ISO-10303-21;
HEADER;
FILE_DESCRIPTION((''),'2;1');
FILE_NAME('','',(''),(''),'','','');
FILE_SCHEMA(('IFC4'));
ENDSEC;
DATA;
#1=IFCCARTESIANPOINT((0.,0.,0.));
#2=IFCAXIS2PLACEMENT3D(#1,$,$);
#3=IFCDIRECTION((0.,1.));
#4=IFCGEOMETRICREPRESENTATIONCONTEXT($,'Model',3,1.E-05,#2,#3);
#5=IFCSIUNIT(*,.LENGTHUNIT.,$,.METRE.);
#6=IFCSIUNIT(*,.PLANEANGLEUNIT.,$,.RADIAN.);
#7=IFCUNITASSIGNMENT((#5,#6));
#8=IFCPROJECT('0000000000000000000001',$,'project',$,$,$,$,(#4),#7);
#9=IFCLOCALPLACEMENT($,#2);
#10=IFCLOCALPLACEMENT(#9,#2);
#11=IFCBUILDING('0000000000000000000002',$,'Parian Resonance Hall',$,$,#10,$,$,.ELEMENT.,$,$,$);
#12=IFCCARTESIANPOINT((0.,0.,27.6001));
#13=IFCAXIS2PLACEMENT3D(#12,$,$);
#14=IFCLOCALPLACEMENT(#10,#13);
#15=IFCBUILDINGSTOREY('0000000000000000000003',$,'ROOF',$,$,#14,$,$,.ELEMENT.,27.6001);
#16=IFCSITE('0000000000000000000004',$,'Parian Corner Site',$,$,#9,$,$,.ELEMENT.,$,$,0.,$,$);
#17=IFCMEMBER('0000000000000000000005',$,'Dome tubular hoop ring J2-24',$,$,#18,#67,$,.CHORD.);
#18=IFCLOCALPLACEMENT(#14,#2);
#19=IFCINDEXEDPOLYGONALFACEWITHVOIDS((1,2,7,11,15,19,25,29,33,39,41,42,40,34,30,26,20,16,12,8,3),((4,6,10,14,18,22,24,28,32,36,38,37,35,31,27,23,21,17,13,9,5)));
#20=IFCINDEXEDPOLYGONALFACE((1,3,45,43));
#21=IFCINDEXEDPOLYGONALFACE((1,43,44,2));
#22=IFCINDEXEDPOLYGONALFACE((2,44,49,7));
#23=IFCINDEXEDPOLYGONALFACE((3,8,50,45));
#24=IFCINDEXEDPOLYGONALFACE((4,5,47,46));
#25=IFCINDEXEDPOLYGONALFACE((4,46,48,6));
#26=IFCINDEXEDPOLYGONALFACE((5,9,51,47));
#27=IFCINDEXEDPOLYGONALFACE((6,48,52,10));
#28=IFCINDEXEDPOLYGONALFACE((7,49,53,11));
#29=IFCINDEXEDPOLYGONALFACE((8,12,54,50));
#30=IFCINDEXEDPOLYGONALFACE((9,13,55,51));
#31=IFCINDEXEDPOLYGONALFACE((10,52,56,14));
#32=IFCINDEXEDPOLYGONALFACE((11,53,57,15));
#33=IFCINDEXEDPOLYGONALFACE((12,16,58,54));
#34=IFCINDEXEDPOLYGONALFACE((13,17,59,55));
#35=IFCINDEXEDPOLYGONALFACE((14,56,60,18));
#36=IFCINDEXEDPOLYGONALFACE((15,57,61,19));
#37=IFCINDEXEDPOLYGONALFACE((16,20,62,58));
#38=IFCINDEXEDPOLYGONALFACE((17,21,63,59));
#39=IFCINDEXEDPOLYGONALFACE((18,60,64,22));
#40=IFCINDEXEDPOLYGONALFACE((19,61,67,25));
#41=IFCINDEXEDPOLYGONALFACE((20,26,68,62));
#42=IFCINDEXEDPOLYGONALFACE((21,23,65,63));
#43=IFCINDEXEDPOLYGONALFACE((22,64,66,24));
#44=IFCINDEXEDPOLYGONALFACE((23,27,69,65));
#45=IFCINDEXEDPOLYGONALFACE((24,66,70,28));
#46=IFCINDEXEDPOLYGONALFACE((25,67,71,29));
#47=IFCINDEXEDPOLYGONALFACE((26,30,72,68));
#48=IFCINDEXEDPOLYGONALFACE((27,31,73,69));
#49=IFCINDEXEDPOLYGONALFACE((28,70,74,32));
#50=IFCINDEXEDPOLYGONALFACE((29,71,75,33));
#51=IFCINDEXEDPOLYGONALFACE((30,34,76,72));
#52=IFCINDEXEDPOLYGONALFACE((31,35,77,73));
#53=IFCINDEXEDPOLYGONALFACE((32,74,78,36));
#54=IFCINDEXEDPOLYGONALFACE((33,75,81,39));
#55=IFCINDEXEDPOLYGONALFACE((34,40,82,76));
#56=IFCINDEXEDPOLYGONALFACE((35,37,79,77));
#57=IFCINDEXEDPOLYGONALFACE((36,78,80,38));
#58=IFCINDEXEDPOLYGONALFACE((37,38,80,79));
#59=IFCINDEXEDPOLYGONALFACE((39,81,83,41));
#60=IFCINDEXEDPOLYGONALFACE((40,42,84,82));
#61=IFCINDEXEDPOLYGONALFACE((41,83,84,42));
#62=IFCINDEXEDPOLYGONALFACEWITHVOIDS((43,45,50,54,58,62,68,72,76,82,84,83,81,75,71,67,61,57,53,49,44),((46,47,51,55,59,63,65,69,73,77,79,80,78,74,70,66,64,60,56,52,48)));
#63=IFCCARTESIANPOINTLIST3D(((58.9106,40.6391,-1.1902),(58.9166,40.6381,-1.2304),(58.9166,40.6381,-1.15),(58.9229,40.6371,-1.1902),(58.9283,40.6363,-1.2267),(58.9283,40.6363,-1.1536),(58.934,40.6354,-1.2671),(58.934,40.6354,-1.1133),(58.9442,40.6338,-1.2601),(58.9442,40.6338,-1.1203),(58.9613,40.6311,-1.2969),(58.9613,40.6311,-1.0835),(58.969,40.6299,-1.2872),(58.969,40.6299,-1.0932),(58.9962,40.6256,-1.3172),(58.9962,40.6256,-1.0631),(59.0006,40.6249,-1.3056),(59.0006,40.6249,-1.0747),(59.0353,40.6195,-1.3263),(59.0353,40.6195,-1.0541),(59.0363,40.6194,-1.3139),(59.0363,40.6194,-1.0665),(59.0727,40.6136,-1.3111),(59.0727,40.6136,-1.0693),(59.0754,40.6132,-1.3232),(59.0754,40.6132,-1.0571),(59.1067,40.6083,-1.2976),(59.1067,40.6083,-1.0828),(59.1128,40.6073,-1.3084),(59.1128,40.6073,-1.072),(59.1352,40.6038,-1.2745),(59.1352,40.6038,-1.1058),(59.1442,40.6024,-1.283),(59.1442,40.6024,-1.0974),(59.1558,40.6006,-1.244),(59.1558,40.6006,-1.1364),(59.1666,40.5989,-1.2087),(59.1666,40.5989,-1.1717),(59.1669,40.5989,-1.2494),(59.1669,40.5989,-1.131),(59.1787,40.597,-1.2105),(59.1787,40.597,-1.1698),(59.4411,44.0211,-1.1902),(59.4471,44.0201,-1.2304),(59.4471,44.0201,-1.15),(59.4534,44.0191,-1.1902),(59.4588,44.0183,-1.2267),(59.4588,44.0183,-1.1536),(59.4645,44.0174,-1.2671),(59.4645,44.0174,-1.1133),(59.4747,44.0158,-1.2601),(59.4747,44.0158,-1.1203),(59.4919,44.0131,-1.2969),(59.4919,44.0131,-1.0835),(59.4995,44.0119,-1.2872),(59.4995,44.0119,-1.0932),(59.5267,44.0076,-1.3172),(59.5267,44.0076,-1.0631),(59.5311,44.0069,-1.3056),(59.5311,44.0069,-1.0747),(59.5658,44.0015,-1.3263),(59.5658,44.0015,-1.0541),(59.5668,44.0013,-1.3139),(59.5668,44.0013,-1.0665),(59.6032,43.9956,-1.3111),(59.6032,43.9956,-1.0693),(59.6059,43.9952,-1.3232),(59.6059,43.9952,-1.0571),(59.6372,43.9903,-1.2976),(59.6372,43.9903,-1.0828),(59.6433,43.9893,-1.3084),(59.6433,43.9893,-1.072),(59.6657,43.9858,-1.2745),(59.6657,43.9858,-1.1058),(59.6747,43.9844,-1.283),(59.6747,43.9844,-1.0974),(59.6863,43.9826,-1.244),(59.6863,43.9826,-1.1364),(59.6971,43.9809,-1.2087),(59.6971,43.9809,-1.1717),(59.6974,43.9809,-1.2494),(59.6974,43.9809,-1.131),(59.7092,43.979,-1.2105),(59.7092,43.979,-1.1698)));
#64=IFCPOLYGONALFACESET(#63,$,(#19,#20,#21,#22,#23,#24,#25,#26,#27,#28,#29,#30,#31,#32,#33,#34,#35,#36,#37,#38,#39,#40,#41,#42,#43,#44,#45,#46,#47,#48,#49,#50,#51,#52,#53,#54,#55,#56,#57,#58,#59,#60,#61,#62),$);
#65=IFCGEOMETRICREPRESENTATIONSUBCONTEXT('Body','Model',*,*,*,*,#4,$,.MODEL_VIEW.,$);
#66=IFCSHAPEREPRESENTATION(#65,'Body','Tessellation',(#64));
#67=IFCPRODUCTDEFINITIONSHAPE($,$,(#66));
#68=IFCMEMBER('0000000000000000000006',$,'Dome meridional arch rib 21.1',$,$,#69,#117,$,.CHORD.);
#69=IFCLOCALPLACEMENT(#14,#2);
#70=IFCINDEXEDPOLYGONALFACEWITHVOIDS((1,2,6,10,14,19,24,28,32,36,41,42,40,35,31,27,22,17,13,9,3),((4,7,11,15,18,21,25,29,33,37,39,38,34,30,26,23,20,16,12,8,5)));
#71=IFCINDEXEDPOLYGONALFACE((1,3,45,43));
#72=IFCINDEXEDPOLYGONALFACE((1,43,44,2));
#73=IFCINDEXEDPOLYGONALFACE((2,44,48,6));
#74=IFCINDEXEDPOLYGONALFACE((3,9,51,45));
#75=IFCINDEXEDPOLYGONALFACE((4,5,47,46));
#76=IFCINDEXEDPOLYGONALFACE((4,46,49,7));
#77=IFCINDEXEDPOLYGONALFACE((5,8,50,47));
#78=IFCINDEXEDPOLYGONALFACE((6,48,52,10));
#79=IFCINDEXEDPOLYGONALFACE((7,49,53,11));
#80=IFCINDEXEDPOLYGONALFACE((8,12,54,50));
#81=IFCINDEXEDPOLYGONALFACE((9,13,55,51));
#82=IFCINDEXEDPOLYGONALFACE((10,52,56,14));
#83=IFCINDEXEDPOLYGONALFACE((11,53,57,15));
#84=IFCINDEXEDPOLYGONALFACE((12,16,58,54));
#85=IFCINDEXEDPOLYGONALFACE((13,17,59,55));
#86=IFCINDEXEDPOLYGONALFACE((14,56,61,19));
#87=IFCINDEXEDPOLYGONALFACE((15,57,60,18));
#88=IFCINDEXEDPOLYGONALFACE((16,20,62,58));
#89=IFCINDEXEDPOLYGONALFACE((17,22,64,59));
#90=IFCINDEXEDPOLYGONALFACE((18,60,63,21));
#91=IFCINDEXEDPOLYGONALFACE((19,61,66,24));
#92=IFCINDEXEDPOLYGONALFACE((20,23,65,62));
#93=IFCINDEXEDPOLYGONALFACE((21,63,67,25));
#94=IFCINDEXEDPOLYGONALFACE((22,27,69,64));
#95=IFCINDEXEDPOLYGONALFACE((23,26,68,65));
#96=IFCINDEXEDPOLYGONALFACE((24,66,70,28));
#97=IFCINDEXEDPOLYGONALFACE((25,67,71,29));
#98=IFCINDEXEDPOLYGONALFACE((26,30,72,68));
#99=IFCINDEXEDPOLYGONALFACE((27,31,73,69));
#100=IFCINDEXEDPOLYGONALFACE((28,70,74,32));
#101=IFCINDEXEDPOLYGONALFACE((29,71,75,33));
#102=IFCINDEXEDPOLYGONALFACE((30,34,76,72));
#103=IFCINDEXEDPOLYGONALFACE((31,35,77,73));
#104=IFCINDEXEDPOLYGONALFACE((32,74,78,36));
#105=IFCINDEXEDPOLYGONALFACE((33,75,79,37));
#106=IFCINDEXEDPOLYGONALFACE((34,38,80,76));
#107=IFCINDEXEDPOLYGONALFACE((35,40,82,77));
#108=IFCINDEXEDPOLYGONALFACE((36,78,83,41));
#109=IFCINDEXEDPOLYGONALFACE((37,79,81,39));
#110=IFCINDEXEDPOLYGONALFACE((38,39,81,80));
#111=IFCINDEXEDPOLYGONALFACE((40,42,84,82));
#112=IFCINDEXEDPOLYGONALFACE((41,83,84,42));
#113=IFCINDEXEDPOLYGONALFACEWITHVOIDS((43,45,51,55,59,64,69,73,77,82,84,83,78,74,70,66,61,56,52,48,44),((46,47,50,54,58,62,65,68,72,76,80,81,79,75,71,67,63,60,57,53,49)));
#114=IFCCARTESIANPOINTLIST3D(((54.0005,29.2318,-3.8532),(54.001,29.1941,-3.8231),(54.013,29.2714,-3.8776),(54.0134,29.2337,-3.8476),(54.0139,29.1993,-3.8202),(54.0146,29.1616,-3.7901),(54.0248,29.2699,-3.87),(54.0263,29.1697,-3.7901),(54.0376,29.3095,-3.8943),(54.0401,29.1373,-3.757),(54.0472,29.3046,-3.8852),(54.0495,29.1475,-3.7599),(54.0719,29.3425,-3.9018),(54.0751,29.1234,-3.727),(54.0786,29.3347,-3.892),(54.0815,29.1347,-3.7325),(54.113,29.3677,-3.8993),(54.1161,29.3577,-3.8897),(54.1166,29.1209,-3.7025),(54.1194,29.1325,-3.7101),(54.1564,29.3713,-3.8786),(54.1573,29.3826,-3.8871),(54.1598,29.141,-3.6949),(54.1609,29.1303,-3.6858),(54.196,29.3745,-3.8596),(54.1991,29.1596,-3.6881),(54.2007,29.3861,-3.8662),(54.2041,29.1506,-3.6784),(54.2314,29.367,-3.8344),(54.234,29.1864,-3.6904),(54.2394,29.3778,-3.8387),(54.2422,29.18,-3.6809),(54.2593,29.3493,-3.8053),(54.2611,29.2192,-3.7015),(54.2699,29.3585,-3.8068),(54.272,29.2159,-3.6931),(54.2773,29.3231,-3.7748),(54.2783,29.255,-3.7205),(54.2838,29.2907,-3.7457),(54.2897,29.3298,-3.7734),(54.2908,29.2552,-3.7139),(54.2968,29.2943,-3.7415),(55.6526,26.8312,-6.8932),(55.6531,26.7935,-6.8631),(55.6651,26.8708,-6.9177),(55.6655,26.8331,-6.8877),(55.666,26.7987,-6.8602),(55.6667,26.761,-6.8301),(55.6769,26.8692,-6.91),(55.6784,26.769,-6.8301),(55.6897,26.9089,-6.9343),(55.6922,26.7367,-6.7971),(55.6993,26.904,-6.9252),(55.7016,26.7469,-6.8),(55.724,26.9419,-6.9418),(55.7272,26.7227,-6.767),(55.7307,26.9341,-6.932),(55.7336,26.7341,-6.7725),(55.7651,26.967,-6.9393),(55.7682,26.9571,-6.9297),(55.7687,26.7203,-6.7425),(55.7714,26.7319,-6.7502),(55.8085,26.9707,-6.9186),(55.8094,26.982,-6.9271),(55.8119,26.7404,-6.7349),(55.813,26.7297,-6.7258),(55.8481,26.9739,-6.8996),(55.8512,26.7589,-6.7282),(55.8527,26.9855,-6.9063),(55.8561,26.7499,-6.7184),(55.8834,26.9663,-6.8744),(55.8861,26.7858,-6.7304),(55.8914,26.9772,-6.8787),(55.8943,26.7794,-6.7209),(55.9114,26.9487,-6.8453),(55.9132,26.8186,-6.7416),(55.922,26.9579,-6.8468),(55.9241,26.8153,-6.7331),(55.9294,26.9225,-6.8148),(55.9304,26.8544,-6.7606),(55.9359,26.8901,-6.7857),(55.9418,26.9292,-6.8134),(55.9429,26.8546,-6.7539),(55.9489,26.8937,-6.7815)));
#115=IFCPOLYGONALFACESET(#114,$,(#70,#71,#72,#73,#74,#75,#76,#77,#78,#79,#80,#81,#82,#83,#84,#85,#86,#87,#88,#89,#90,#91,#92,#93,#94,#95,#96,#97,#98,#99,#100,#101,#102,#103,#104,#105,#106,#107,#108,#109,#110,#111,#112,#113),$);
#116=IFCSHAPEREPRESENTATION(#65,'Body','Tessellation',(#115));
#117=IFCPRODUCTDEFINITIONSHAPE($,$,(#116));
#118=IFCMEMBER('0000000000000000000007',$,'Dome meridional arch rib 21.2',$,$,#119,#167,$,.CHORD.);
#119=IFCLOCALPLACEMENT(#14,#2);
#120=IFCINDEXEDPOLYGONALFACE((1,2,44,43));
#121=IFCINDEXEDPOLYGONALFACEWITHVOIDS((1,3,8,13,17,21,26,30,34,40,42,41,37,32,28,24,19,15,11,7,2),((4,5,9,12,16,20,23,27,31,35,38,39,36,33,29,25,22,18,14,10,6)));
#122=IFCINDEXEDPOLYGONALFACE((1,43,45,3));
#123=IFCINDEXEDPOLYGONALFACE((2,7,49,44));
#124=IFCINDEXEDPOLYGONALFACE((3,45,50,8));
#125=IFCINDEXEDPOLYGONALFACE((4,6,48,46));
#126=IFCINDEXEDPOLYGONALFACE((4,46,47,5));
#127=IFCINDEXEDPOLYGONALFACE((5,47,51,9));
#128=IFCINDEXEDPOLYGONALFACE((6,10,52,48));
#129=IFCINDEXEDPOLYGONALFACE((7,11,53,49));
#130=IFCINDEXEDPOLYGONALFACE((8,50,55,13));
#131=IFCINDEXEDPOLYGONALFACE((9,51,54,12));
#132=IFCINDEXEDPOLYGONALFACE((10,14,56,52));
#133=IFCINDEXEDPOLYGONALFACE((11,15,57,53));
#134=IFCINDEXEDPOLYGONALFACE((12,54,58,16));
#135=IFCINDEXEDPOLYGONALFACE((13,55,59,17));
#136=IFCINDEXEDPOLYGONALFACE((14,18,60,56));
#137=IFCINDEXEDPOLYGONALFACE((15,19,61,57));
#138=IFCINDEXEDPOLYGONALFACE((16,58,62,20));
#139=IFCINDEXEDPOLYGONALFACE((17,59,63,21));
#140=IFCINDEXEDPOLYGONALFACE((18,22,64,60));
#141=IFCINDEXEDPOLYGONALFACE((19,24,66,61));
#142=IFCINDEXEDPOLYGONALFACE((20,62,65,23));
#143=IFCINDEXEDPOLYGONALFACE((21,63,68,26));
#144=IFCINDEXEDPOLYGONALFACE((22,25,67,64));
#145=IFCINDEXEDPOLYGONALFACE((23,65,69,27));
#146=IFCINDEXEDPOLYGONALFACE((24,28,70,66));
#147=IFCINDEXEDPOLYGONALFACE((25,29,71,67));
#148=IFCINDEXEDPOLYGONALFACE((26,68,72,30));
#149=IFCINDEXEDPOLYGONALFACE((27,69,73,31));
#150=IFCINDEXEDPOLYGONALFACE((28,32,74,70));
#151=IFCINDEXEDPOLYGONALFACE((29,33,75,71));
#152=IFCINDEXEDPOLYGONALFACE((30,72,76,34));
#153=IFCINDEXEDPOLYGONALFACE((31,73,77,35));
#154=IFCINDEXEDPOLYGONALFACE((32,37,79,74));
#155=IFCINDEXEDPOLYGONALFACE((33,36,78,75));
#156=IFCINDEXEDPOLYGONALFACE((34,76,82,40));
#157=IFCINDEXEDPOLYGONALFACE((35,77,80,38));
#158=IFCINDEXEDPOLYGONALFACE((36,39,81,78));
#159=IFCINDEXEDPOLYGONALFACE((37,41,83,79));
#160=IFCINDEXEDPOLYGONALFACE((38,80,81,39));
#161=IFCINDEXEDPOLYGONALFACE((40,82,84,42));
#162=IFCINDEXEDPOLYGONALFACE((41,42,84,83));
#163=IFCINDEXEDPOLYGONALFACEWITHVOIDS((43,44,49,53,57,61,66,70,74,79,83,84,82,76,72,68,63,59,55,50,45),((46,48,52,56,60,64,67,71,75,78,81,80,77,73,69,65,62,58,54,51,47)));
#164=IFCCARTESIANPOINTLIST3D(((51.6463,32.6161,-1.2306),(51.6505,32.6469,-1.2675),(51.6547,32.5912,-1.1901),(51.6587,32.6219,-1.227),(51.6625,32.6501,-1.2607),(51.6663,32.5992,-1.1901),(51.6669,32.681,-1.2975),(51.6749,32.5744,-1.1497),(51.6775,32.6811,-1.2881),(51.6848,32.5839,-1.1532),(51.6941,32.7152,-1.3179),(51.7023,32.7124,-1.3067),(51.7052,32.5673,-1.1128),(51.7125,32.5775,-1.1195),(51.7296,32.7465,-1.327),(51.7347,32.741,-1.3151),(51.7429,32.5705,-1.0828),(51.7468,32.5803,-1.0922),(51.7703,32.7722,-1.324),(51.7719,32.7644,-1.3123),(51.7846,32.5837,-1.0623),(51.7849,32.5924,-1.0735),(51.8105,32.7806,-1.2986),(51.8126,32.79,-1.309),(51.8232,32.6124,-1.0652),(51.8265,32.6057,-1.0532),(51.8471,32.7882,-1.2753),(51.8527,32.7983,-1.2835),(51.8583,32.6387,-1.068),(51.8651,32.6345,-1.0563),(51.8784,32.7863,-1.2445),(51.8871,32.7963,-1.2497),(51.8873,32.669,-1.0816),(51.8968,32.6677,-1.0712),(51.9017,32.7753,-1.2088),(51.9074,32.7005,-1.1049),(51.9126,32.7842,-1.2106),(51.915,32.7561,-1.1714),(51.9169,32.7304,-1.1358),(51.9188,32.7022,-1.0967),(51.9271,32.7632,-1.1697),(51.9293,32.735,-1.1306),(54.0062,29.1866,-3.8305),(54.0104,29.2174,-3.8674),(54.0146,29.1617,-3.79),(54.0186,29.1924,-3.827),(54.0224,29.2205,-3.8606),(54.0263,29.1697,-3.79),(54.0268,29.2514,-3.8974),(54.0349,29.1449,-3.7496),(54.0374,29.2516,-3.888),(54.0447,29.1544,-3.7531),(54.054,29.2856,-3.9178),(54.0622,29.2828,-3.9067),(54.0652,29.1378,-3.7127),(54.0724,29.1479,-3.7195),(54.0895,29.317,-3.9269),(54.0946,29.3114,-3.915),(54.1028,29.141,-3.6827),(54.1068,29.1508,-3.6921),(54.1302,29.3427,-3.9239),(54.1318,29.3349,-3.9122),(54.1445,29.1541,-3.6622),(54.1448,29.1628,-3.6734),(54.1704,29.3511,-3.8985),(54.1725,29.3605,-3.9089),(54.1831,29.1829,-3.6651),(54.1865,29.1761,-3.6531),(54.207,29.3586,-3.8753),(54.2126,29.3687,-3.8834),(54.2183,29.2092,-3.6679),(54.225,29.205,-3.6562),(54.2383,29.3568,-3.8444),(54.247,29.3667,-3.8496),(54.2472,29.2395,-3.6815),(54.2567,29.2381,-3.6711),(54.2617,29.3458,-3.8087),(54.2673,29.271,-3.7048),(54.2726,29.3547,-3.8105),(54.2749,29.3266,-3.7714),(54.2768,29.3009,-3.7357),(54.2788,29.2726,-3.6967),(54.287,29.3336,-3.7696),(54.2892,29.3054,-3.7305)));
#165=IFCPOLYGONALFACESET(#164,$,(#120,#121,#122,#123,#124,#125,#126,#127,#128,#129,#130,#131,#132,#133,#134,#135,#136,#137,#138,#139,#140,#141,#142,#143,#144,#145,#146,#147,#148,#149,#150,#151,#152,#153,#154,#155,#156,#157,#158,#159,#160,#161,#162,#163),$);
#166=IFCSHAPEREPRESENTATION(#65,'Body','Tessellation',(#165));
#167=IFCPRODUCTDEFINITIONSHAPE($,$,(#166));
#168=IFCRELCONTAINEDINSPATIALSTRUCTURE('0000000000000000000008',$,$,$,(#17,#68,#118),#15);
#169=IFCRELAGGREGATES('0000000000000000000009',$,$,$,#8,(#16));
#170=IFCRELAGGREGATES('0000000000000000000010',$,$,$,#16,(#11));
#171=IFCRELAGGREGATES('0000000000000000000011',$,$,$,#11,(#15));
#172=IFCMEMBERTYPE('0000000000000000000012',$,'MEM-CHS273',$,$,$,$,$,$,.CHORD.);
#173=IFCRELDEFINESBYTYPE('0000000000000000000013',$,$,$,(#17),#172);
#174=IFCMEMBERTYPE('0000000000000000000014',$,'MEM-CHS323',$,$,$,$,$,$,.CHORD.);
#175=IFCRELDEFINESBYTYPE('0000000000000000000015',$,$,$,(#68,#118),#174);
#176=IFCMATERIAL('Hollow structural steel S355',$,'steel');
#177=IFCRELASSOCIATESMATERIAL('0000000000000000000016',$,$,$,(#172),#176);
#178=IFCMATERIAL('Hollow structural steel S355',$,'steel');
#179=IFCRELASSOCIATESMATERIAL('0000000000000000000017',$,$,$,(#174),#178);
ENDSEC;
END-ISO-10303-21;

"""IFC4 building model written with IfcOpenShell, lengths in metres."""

from ifc_helpers import new_model, si_unit, direction, frame, origin, origin_2d, place, context, subcontext, project, spatial, hollow_circle, extrude, material, material_profile, profile_set, type_object, element, save


model = new_model("IFC4")

# Units and contexts
model_context = context("Model", 3, precision=1e-05, world=origin(), true_north=direction((0.0, 1.0)))
body_context = subcontext(model_context, "Body", "Model", "MODEL_VIEW")
ifc_project = project(units=[si_unit("LENGTHUNIT", "METRE"), si_unit("PLANEANGLEUNIT", "RADIAN")], contexts=[model_context])

# Site, building, storey
site_placement = place(None, origin())
site = spatial("IfcSite", under=ifc_project, at=site_placement, Name="Parian Corner Site", CompositionType="ELEMENT", RefElevation=0.0)
building_placement = place(site_placement, origin())
building = spatial("IfcBuilding", under=site, at=building_placement, Name="Parian Resonance Hall", CompositionType="ELEMENT")
storey_placement = place(building_placement, frame((0.0, 0.0, 27.6001)))
storey = spatial("IfcBuildingStorey", under=building, at=storey_placement, Name="ROOF", CompositionType="ELEMENT", Elevation=27.6001)

# Members
ifc_material_1 = material(Name="Hollow structural steel S355", Category="steel")
ifc_material_profile_1 = material_profile(ifc_material_1, hollow_circle(Radius=0.1365, WallThickness=0.0125, at=origin_2d()), Name="CHS273x12.5")
ifc_profile_set_1 = profile_set([ifc_material_profile_1], Name="Hollow structural steel S355")
member_type_1 = type_object("IfcMemberType", Name="MEM-CHS273", PredefinedType="CHORD", material=ifc_profile_set_1)
member_1_placement = place(storey_placement, frame((59.0454, 40.6179, -1.1902), z_axis=(0.154966, 0.98792, 0.0), x_axis=(-0.98792, 0.154966, 0.0)))
element("IfcMember", 1, at=member_1_placement, inside=storey, type_object=member_type_1, Name="Dome tubular hoop ring J2-24", PredefinedType="CHORD", context=body_context, shape_type="SweptSolid", body=[
    extrude(hollow_circle(Radius=0.1365, WallThickness=0.0125, at=origin_2d()), origin(), (0.0, 0.0, 1.0), 3.4233),
])
ifc_material_2 = material(Name="Hollow structural steel S355", Category="steel")
ifc_material_profile_2 = material_profile(ifc_material_2, hollow_circle(Radius=0.1619, WallThickness=0.0142, at=origin_2d()), Name="CHS323.9x14.2")
ifc_profile_set_2 = profile_set([ifc_material_profile_2], Name="Hollow structural steel S355")
member_type_2 = type_object("IfcMemberType", Name="MEM-CHS323", PredefinedType="CHORD", material=ifc_profile_set_2)
member_2_placement = place(storey_placement, frame((55.8, 26.8528, -6.8301), z_axis=(-0.39231, 0.570058, 0.721891), x_axis=(-0.823775, -0.566916, 0.0)))
element("IfcMember", 2, at=member_2_placement, inside=storey, type_object=member_type_2, Name="Dome meridional arch rib 21.1", PredefinedType="CHORD", context=body_context, shape_type="SweptSolid", body=[
    extrude(hollow_circle(Radius=0.1619, WallThickness=0.0142, at=origin_2d()), origin(), (0.0, 0.0, 1.0), 4.2112),
])
member_3_placement = place(storey_placement, frame((54.1479, 29.2534, -3.79), z_axis=(-0.480812, 0.698734, 0.529709), x_axis=(-0.823804, -0.566875, 0.0)))
element("IfcMember", 3, at=member_3_placement, inside=storey, type_object=member_type_2, Name="Dome meridional arch rib 21.2", PredefinedType="CHORD", context=body_context, shape_type="SweptSolid", body=[
    extrude(hollow_circle(Radius=0.1619, WallThickness=0.0142, at=origin_2d()), origin(), (0.0, 0.0, 1.0), 4.9082),
])

save(model, "model.ifc")
